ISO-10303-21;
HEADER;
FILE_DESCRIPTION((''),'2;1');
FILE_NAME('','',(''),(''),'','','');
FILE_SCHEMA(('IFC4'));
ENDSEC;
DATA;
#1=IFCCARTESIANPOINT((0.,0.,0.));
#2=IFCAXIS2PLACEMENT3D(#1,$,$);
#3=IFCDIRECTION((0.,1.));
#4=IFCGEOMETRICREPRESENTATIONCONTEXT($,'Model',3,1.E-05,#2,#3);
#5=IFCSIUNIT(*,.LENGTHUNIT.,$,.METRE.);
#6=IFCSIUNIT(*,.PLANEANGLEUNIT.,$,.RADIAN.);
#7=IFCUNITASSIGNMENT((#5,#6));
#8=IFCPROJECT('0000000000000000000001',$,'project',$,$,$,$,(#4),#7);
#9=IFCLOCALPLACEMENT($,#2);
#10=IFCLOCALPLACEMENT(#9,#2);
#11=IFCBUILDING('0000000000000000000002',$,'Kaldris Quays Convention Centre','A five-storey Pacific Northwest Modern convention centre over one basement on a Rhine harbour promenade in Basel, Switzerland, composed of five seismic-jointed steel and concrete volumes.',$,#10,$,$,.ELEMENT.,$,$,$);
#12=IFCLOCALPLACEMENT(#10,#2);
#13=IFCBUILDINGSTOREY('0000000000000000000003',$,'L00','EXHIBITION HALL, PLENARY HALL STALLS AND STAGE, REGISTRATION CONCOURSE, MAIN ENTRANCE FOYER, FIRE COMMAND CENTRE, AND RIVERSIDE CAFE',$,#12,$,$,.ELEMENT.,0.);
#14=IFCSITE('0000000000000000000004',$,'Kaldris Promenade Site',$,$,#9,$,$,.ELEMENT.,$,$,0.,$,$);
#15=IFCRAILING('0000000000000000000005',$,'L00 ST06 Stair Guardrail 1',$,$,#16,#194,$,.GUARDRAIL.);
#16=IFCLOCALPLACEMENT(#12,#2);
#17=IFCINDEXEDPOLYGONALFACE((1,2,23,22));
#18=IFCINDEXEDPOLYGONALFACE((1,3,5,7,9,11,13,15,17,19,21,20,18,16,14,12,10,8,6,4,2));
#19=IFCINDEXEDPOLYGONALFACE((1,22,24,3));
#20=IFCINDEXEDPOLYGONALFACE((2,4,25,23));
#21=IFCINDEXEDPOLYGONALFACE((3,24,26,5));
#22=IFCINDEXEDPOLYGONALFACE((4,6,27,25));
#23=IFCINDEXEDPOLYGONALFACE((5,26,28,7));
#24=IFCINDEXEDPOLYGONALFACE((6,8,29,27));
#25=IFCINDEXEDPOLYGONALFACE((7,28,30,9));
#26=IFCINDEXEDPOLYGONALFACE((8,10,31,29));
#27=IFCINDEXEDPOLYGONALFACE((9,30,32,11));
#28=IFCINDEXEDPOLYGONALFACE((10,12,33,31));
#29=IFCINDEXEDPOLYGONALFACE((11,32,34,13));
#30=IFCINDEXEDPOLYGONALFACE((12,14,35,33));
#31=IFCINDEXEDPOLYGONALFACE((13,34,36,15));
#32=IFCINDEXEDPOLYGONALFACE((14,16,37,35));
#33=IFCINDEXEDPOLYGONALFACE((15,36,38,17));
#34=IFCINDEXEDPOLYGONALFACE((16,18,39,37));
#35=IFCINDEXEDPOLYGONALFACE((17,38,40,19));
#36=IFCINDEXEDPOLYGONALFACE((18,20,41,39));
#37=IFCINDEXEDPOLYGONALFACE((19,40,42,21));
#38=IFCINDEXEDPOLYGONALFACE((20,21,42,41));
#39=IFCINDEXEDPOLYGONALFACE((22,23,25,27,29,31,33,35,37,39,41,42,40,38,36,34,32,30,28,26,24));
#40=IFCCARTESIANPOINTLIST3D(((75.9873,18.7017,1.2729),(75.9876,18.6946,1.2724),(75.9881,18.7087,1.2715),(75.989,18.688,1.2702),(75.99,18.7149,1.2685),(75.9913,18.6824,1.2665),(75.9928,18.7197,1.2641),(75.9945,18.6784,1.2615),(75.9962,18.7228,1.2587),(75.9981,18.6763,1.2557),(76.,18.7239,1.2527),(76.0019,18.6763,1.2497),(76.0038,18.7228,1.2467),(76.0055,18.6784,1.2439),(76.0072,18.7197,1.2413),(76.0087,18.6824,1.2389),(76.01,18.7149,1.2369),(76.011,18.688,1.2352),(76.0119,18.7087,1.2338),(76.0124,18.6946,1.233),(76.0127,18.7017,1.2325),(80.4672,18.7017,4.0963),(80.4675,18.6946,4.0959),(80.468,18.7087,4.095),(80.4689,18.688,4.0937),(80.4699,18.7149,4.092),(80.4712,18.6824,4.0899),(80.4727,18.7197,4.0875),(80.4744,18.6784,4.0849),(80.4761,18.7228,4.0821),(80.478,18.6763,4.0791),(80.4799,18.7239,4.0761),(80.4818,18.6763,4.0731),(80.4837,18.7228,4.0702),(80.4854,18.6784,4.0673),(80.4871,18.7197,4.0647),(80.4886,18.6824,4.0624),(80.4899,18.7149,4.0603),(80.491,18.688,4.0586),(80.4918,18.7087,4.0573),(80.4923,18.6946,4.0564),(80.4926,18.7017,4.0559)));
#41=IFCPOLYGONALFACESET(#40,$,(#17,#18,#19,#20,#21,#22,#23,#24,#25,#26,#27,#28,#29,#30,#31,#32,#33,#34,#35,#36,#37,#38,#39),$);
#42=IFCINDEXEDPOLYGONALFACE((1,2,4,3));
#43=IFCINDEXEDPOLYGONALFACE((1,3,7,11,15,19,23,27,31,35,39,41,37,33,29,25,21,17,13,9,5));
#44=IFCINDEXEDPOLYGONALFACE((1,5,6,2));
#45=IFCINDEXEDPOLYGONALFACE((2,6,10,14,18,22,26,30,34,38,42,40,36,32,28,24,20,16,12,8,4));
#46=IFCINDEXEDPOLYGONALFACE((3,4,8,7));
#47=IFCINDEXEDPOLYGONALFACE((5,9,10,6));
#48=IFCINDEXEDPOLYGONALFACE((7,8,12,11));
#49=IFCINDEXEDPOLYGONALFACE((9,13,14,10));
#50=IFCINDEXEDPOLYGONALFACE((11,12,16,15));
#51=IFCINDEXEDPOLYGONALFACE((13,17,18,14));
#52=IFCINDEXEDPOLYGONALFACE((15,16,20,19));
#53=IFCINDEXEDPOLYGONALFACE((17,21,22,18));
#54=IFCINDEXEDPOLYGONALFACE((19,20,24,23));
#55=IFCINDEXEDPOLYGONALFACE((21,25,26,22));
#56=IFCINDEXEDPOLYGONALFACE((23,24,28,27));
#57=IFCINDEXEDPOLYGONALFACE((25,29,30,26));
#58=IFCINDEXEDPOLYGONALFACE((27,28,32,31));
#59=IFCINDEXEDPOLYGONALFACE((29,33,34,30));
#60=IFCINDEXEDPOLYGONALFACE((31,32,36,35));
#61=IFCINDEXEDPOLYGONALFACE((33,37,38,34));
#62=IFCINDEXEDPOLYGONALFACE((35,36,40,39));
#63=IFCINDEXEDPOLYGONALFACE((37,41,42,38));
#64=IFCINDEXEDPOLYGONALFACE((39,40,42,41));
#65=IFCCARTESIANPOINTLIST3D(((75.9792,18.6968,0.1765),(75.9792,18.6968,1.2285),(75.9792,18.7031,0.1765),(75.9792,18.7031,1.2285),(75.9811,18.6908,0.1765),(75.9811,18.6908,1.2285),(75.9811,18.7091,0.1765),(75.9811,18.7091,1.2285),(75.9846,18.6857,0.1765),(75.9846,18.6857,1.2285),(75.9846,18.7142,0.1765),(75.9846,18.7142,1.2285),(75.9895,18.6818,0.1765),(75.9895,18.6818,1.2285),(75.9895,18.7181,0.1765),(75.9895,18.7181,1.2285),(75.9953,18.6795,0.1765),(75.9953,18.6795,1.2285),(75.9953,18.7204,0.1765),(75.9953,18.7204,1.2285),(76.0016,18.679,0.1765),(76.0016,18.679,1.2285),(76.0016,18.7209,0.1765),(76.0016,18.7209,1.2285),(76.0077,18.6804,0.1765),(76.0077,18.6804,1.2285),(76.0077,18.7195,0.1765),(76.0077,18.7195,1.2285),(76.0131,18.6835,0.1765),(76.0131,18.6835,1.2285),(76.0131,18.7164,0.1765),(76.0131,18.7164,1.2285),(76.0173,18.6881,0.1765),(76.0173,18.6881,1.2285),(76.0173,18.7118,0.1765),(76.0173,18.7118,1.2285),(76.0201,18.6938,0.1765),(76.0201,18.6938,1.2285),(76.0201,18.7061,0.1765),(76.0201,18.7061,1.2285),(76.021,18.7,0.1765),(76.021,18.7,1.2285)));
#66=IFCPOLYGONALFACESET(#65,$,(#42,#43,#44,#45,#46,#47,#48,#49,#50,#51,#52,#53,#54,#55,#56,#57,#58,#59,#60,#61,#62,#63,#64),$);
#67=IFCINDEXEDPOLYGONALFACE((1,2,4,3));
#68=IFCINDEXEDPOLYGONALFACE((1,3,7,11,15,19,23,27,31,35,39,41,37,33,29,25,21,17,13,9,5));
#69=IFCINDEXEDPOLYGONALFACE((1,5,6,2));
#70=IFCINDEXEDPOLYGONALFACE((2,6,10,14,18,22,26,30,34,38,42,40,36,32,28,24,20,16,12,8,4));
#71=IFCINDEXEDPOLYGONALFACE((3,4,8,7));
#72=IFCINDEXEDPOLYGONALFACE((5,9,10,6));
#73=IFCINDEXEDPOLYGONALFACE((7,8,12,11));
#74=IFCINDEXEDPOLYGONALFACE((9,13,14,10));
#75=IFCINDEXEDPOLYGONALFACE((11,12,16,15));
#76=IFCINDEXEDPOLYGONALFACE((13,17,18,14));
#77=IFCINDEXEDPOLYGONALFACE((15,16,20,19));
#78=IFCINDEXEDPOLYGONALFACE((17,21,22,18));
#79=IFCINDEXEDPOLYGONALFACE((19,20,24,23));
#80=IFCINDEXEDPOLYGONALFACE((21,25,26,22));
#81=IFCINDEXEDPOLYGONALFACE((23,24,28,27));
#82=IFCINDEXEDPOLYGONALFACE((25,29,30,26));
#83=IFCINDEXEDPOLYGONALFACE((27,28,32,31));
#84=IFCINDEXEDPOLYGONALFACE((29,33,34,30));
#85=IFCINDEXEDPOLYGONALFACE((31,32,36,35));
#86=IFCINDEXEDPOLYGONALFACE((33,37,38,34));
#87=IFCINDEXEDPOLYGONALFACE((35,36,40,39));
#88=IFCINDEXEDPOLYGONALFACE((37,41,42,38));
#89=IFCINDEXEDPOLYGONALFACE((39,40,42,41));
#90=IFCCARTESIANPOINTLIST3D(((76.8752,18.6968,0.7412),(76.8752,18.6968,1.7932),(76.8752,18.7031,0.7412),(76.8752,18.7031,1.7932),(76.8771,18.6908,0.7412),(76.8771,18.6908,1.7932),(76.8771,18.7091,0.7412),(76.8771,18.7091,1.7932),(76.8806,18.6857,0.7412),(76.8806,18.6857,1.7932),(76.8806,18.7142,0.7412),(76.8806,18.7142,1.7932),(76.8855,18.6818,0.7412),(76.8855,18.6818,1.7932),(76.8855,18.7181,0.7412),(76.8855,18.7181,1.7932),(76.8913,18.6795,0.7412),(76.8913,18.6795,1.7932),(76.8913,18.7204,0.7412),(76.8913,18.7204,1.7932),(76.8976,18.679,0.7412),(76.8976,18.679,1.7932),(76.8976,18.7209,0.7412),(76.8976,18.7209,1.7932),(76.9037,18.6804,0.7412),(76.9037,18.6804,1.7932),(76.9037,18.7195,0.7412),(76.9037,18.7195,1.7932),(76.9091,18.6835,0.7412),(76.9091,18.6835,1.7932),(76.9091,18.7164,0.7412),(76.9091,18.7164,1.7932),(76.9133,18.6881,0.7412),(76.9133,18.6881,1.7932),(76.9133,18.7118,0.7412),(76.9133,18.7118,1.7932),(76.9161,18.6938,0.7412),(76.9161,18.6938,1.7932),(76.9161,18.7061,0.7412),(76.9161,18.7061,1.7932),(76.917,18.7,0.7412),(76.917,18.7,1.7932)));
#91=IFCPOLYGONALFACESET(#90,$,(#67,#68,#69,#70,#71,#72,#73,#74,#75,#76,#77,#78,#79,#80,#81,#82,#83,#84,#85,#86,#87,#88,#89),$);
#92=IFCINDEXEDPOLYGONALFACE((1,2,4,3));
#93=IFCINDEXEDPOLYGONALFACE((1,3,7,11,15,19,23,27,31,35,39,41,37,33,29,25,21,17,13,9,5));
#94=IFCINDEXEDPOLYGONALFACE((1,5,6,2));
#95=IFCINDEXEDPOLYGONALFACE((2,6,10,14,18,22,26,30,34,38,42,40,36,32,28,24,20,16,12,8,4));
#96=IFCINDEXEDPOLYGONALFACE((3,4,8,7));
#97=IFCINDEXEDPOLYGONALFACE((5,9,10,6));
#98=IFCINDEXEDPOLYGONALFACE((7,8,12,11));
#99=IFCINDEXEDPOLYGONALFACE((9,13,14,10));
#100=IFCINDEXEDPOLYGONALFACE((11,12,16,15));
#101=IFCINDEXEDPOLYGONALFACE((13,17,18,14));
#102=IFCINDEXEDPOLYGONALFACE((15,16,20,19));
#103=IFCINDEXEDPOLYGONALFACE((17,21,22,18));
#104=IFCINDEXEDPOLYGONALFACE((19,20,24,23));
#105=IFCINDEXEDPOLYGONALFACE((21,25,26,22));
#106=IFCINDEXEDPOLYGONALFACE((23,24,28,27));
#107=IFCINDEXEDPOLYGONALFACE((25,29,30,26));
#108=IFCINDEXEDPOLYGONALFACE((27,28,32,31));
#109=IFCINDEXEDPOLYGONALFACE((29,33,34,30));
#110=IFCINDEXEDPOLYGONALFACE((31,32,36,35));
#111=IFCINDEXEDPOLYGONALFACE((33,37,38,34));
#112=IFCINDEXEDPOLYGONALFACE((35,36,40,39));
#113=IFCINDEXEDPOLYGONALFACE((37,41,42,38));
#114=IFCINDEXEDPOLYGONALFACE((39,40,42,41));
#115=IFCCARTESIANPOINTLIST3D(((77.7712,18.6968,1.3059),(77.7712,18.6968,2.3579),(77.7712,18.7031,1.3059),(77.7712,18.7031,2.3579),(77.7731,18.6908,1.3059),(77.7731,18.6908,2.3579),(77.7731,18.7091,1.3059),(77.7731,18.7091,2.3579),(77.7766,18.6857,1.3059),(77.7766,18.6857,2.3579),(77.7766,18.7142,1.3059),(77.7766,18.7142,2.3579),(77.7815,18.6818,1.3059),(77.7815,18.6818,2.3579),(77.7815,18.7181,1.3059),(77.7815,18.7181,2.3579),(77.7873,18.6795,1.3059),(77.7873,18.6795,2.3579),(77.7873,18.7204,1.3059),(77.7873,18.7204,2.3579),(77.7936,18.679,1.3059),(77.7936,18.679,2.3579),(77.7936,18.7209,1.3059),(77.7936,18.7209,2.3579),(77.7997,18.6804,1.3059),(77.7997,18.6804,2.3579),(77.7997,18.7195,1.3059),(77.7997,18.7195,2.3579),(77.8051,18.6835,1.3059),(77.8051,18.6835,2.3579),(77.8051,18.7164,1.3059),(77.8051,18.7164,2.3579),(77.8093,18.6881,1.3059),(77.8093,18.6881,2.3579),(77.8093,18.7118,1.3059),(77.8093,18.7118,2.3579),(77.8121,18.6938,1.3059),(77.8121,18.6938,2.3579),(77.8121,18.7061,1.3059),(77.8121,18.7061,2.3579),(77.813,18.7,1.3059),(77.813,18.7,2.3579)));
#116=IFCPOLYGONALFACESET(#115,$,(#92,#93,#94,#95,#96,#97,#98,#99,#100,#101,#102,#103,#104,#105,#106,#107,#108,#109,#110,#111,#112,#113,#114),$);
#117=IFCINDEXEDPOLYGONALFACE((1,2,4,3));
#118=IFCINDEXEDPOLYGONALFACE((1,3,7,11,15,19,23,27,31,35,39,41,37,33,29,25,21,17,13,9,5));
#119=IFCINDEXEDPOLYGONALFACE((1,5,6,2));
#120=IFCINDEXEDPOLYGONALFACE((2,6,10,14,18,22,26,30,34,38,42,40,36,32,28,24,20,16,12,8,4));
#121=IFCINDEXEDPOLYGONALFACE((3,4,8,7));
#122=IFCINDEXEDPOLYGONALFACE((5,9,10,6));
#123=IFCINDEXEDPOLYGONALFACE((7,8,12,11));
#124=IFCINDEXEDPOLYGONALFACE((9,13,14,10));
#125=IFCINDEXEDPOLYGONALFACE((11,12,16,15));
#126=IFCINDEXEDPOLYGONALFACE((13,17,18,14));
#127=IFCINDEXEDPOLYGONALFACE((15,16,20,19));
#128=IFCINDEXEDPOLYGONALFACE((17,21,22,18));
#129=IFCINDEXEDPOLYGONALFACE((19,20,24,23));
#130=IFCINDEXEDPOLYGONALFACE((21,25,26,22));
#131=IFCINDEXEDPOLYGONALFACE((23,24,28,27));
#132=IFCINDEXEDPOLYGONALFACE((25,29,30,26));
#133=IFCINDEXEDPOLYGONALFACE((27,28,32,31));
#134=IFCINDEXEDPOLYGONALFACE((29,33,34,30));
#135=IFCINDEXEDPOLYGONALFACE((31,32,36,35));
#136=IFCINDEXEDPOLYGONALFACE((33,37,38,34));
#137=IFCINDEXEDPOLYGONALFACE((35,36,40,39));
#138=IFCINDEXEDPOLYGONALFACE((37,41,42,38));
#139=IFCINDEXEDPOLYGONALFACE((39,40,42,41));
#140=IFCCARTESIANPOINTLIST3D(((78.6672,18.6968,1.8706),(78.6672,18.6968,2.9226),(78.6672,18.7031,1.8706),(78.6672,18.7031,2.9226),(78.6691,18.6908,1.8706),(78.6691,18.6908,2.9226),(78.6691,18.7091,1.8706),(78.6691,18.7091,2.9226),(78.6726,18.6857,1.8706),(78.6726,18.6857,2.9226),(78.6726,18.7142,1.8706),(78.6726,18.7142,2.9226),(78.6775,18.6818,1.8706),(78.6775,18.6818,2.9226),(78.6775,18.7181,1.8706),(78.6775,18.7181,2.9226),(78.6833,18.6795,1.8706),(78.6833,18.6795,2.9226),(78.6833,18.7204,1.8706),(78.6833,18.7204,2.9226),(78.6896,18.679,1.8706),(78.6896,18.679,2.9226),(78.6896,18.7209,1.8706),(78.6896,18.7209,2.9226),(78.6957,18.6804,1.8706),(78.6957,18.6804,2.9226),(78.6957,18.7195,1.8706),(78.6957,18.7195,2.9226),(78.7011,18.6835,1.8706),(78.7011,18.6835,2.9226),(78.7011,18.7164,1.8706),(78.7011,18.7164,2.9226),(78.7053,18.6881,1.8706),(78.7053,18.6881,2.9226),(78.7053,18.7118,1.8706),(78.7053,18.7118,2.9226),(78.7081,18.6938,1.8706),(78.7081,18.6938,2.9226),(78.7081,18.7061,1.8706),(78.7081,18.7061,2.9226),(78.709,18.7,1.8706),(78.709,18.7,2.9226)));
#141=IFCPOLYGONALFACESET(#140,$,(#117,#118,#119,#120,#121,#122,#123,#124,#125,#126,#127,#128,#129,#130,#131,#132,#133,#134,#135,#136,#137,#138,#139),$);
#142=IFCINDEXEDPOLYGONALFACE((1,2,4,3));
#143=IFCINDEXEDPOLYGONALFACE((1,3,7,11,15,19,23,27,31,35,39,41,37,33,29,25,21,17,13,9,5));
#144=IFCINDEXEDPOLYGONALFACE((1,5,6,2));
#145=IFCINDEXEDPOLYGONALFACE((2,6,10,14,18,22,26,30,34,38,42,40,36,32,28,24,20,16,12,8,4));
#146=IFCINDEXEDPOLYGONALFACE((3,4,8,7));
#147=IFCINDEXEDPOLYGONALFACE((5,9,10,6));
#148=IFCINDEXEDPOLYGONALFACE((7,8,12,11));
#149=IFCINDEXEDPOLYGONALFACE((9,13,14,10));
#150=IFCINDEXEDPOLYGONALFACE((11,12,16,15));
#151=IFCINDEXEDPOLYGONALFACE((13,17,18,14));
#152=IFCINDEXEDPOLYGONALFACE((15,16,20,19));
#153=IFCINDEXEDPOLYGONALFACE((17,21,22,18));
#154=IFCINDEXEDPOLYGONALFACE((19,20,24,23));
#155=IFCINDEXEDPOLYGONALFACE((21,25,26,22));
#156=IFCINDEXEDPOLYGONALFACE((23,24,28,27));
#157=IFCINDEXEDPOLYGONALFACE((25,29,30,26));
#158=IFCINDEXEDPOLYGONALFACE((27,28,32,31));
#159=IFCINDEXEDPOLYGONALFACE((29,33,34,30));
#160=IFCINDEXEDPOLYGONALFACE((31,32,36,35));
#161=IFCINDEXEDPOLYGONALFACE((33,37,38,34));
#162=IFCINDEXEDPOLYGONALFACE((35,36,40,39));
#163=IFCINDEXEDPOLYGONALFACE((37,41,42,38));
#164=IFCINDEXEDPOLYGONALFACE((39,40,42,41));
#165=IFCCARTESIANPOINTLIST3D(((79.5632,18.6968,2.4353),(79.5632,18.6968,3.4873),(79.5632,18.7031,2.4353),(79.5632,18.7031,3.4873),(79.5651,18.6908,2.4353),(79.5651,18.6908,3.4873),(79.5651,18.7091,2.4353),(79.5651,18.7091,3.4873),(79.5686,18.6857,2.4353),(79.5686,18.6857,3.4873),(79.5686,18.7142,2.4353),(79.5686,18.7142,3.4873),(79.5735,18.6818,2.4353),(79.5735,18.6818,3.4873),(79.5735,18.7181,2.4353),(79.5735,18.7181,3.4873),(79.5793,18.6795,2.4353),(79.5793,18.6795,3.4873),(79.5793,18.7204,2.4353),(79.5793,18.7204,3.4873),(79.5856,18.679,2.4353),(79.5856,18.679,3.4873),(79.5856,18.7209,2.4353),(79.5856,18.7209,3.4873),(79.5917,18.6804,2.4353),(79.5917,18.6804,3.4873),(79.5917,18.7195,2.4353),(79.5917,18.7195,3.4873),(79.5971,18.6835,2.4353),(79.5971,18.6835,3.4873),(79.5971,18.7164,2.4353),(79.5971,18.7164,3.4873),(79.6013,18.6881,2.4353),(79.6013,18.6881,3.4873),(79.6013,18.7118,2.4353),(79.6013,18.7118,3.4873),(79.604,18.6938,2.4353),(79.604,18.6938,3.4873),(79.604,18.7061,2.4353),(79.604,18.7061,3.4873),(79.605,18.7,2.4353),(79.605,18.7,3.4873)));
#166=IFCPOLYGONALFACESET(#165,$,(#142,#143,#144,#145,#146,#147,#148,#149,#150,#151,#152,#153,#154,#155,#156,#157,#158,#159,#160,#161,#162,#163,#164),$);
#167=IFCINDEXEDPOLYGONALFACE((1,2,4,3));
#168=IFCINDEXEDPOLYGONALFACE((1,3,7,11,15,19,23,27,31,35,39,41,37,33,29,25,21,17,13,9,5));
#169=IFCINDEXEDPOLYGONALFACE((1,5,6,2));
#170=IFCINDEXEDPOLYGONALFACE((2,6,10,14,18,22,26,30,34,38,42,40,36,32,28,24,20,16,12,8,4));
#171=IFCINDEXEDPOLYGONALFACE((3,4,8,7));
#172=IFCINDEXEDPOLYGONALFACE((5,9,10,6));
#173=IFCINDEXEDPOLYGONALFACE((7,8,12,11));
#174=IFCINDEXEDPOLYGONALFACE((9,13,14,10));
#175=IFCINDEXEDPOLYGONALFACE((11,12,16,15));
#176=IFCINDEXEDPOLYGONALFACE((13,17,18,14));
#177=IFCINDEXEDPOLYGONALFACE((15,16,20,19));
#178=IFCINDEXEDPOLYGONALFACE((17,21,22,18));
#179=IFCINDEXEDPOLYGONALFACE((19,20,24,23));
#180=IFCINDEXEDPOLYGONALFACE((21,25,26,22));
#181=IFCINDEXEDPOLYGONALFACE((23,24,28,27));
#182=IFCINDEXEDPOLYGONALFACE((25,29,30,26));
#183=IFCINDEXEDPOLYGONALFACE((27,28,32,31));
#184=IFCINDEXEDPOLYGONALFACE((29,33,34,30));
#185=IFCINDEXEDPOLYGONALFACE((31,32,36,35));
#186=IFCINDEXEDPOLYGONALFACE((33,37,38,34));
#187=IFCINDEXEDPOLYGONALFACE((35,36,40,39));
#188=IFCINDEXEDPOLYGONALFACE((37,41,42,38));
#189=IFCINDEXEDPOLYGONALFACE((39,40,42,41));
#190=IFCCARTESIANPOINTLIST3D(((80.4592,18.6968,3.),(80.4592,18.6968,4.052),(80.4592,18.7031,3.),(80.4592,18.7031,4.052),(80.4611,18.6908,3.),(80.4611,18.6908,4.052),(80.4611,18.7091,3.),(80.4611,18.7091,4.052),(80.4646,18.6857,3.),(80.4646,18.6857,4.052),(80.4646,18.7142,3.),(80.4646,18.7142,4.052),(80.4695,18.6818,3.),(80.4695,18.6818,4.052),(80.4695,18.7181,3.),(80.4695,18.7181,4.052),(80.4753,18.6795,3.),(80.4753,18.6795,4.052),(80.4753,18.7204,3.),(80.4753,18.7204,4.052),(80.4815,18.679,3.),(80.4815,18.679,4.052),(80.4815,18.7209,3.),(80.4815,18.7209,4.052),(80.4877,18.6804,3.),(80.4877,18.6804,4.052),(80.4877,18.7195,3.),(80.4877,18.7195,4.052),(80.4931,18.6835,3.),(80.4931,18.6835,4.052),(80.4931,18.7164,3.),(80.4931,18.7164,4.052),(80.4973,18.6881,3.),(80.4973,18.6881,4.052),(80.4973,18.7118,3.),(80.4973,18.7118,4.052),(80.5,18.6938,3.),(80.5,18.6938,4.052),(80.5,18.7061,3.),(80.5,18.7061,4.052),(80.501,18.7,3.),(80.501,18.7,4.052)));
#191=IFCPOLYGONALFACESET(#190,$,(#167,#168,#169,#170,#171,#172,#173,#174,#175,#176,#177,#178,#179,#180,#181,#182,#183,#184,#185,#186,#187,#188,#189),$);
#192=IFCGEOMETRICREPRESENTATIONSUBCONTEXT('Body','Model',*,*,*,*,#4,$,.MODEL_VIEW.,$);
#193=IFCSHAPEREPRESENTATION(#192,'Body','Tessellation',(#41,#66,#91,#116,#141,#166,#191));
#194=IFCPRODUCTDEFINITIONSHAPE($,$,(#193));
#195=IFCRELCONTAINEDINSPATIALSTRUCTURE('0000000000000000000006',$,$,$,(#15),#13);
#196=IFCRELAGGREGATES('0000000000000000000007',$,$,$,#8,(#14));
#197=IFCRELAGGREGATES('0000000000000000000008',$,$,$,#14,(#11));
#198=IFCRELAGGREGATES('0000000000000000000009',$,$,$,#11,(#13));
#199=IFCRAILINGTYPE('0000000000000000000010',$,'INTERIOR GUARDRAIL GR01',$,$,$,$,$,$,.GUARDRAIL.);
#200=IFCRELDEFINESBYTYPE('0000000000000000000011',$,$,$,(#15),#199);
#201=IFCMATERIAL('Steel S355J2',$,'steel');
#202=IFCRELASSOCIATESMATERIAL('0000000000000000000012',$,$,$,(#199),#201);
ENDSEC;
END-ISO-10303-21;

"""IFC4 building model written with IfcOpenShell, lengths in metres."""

from ifc_helpers import new_model, si_unit, direction, frame, origin, origin_2d, place, context, subcontext, project, spatial, circle, extrude, material, type_object, element, save


model = new_model("IFC4")

# Units and contexts
model_context = context("Model", 3, precision=1e-05, world=origin(), true_north=direction((0.0, 1.0)))
body_context = subcontext(model_context, "Body", "Model", "MODEL_VIEW")
ifc_project = project(units=[si_unit("LENGTHUNIT", "METRE"), si_unit("PLANEANGLEUNIT", "RADIAN")], contexts=[model_context])

# Site, building, storey
site_placement = place(None, origin())
site = spatial("IfcSite", under=ifc_project, at=site_placement, Name="Kaldris Promenade Site", CompositionType="ELEMENT", RefElevation=0.0)
building_placement = place(site_placement, origin())
building = spatial("IfcBuilding", under=site, at=building_placement, Name="Kaldris Quays Convention Centre", Description="A five-storey Pacific Northwest Modern convention centre over one basement on a Rhine harbour promenade in Basel, Switzerland, composed of five seismic-jointed steel and concrete volumes.", CompositionType="ELEMENT")
storey_placement = place(building_placement, origin())
storey = spatial("IfcBuildingStorey", under=building, at=storey_placement, Name="L00", Description="EXHIBITION HALL, PLENARY HALL STALLS AND STAGE, REGISTRATION CONCOURSE, MAIN ENTRANCE FOYER, FIRE COMMAND CENTRE, AND RIVERSIDE CAFE", CompositionType="ELEMENT", Elevation=0.0)

# Railing
ifc_material_1 = material(Name="Steel S355J2", Category="steel")
railing_type_1 = type_object("IfcRailingType", Name="INTERIOR GUARDRAIL GR01", PredefinedType="GUARDRAIL", material=ifc_material_1)
railing_1_placement = place(storey_placement, frame((76.0, 18.7, 0.1765)))
element("IfcRailing", 1, at=railing_1_placement, inside=storey, type_object=railing_type_1, Name="L00 ST06 Stair Guardrail 1", PredefinedType="GUARDRAIL", context=body_context, shape_type="SweptSolid", body=[
    extrude(circle(Radius=0.0239, at=origin_2d()), frame((0.0, 0.0, 1.0762), z_axis=(0.845998, 0.0, 0.533186), x_axis=(0.0, 1.0, 0.0)), (0.0, 0.0, 1.0), 5.2954),
    extrude(circle(Radius=0.021, at=origin_2d()), origin(), (0.0, 0.0, 1.0), 1.052),
    extrude(circle(Radius=0.021, at=origin_2d()), frame((0.896, 0.0, 0.5647)), (0.0, 0.0, 1.0), 1.052),
    extrude(circle(Radius=0.021, at=origin_2d()), frame((1.792, 0.0, 1.1294)), (0.0, 0.0, 1.0), 1.052),
    extrude(circle(Radius=0.021, at=origin_2d()), frame((2.688, 0.0, 1.6941)), (0.0, 0.0, 1.0), 1.052),
    extrude(circle(Radius=0.021, at=origin_2d()), frame((3.584, 0.0, 2.2588)), (0.0, 0.0, 1.0), 1.052),
    extrude(circle(Radius=0.021, at=origin_2d()), frame((4.48, 0.0, 2.8235)), (0.0, 0.0, 1.0), 1.052),
])

save(model, "model.ifc")
